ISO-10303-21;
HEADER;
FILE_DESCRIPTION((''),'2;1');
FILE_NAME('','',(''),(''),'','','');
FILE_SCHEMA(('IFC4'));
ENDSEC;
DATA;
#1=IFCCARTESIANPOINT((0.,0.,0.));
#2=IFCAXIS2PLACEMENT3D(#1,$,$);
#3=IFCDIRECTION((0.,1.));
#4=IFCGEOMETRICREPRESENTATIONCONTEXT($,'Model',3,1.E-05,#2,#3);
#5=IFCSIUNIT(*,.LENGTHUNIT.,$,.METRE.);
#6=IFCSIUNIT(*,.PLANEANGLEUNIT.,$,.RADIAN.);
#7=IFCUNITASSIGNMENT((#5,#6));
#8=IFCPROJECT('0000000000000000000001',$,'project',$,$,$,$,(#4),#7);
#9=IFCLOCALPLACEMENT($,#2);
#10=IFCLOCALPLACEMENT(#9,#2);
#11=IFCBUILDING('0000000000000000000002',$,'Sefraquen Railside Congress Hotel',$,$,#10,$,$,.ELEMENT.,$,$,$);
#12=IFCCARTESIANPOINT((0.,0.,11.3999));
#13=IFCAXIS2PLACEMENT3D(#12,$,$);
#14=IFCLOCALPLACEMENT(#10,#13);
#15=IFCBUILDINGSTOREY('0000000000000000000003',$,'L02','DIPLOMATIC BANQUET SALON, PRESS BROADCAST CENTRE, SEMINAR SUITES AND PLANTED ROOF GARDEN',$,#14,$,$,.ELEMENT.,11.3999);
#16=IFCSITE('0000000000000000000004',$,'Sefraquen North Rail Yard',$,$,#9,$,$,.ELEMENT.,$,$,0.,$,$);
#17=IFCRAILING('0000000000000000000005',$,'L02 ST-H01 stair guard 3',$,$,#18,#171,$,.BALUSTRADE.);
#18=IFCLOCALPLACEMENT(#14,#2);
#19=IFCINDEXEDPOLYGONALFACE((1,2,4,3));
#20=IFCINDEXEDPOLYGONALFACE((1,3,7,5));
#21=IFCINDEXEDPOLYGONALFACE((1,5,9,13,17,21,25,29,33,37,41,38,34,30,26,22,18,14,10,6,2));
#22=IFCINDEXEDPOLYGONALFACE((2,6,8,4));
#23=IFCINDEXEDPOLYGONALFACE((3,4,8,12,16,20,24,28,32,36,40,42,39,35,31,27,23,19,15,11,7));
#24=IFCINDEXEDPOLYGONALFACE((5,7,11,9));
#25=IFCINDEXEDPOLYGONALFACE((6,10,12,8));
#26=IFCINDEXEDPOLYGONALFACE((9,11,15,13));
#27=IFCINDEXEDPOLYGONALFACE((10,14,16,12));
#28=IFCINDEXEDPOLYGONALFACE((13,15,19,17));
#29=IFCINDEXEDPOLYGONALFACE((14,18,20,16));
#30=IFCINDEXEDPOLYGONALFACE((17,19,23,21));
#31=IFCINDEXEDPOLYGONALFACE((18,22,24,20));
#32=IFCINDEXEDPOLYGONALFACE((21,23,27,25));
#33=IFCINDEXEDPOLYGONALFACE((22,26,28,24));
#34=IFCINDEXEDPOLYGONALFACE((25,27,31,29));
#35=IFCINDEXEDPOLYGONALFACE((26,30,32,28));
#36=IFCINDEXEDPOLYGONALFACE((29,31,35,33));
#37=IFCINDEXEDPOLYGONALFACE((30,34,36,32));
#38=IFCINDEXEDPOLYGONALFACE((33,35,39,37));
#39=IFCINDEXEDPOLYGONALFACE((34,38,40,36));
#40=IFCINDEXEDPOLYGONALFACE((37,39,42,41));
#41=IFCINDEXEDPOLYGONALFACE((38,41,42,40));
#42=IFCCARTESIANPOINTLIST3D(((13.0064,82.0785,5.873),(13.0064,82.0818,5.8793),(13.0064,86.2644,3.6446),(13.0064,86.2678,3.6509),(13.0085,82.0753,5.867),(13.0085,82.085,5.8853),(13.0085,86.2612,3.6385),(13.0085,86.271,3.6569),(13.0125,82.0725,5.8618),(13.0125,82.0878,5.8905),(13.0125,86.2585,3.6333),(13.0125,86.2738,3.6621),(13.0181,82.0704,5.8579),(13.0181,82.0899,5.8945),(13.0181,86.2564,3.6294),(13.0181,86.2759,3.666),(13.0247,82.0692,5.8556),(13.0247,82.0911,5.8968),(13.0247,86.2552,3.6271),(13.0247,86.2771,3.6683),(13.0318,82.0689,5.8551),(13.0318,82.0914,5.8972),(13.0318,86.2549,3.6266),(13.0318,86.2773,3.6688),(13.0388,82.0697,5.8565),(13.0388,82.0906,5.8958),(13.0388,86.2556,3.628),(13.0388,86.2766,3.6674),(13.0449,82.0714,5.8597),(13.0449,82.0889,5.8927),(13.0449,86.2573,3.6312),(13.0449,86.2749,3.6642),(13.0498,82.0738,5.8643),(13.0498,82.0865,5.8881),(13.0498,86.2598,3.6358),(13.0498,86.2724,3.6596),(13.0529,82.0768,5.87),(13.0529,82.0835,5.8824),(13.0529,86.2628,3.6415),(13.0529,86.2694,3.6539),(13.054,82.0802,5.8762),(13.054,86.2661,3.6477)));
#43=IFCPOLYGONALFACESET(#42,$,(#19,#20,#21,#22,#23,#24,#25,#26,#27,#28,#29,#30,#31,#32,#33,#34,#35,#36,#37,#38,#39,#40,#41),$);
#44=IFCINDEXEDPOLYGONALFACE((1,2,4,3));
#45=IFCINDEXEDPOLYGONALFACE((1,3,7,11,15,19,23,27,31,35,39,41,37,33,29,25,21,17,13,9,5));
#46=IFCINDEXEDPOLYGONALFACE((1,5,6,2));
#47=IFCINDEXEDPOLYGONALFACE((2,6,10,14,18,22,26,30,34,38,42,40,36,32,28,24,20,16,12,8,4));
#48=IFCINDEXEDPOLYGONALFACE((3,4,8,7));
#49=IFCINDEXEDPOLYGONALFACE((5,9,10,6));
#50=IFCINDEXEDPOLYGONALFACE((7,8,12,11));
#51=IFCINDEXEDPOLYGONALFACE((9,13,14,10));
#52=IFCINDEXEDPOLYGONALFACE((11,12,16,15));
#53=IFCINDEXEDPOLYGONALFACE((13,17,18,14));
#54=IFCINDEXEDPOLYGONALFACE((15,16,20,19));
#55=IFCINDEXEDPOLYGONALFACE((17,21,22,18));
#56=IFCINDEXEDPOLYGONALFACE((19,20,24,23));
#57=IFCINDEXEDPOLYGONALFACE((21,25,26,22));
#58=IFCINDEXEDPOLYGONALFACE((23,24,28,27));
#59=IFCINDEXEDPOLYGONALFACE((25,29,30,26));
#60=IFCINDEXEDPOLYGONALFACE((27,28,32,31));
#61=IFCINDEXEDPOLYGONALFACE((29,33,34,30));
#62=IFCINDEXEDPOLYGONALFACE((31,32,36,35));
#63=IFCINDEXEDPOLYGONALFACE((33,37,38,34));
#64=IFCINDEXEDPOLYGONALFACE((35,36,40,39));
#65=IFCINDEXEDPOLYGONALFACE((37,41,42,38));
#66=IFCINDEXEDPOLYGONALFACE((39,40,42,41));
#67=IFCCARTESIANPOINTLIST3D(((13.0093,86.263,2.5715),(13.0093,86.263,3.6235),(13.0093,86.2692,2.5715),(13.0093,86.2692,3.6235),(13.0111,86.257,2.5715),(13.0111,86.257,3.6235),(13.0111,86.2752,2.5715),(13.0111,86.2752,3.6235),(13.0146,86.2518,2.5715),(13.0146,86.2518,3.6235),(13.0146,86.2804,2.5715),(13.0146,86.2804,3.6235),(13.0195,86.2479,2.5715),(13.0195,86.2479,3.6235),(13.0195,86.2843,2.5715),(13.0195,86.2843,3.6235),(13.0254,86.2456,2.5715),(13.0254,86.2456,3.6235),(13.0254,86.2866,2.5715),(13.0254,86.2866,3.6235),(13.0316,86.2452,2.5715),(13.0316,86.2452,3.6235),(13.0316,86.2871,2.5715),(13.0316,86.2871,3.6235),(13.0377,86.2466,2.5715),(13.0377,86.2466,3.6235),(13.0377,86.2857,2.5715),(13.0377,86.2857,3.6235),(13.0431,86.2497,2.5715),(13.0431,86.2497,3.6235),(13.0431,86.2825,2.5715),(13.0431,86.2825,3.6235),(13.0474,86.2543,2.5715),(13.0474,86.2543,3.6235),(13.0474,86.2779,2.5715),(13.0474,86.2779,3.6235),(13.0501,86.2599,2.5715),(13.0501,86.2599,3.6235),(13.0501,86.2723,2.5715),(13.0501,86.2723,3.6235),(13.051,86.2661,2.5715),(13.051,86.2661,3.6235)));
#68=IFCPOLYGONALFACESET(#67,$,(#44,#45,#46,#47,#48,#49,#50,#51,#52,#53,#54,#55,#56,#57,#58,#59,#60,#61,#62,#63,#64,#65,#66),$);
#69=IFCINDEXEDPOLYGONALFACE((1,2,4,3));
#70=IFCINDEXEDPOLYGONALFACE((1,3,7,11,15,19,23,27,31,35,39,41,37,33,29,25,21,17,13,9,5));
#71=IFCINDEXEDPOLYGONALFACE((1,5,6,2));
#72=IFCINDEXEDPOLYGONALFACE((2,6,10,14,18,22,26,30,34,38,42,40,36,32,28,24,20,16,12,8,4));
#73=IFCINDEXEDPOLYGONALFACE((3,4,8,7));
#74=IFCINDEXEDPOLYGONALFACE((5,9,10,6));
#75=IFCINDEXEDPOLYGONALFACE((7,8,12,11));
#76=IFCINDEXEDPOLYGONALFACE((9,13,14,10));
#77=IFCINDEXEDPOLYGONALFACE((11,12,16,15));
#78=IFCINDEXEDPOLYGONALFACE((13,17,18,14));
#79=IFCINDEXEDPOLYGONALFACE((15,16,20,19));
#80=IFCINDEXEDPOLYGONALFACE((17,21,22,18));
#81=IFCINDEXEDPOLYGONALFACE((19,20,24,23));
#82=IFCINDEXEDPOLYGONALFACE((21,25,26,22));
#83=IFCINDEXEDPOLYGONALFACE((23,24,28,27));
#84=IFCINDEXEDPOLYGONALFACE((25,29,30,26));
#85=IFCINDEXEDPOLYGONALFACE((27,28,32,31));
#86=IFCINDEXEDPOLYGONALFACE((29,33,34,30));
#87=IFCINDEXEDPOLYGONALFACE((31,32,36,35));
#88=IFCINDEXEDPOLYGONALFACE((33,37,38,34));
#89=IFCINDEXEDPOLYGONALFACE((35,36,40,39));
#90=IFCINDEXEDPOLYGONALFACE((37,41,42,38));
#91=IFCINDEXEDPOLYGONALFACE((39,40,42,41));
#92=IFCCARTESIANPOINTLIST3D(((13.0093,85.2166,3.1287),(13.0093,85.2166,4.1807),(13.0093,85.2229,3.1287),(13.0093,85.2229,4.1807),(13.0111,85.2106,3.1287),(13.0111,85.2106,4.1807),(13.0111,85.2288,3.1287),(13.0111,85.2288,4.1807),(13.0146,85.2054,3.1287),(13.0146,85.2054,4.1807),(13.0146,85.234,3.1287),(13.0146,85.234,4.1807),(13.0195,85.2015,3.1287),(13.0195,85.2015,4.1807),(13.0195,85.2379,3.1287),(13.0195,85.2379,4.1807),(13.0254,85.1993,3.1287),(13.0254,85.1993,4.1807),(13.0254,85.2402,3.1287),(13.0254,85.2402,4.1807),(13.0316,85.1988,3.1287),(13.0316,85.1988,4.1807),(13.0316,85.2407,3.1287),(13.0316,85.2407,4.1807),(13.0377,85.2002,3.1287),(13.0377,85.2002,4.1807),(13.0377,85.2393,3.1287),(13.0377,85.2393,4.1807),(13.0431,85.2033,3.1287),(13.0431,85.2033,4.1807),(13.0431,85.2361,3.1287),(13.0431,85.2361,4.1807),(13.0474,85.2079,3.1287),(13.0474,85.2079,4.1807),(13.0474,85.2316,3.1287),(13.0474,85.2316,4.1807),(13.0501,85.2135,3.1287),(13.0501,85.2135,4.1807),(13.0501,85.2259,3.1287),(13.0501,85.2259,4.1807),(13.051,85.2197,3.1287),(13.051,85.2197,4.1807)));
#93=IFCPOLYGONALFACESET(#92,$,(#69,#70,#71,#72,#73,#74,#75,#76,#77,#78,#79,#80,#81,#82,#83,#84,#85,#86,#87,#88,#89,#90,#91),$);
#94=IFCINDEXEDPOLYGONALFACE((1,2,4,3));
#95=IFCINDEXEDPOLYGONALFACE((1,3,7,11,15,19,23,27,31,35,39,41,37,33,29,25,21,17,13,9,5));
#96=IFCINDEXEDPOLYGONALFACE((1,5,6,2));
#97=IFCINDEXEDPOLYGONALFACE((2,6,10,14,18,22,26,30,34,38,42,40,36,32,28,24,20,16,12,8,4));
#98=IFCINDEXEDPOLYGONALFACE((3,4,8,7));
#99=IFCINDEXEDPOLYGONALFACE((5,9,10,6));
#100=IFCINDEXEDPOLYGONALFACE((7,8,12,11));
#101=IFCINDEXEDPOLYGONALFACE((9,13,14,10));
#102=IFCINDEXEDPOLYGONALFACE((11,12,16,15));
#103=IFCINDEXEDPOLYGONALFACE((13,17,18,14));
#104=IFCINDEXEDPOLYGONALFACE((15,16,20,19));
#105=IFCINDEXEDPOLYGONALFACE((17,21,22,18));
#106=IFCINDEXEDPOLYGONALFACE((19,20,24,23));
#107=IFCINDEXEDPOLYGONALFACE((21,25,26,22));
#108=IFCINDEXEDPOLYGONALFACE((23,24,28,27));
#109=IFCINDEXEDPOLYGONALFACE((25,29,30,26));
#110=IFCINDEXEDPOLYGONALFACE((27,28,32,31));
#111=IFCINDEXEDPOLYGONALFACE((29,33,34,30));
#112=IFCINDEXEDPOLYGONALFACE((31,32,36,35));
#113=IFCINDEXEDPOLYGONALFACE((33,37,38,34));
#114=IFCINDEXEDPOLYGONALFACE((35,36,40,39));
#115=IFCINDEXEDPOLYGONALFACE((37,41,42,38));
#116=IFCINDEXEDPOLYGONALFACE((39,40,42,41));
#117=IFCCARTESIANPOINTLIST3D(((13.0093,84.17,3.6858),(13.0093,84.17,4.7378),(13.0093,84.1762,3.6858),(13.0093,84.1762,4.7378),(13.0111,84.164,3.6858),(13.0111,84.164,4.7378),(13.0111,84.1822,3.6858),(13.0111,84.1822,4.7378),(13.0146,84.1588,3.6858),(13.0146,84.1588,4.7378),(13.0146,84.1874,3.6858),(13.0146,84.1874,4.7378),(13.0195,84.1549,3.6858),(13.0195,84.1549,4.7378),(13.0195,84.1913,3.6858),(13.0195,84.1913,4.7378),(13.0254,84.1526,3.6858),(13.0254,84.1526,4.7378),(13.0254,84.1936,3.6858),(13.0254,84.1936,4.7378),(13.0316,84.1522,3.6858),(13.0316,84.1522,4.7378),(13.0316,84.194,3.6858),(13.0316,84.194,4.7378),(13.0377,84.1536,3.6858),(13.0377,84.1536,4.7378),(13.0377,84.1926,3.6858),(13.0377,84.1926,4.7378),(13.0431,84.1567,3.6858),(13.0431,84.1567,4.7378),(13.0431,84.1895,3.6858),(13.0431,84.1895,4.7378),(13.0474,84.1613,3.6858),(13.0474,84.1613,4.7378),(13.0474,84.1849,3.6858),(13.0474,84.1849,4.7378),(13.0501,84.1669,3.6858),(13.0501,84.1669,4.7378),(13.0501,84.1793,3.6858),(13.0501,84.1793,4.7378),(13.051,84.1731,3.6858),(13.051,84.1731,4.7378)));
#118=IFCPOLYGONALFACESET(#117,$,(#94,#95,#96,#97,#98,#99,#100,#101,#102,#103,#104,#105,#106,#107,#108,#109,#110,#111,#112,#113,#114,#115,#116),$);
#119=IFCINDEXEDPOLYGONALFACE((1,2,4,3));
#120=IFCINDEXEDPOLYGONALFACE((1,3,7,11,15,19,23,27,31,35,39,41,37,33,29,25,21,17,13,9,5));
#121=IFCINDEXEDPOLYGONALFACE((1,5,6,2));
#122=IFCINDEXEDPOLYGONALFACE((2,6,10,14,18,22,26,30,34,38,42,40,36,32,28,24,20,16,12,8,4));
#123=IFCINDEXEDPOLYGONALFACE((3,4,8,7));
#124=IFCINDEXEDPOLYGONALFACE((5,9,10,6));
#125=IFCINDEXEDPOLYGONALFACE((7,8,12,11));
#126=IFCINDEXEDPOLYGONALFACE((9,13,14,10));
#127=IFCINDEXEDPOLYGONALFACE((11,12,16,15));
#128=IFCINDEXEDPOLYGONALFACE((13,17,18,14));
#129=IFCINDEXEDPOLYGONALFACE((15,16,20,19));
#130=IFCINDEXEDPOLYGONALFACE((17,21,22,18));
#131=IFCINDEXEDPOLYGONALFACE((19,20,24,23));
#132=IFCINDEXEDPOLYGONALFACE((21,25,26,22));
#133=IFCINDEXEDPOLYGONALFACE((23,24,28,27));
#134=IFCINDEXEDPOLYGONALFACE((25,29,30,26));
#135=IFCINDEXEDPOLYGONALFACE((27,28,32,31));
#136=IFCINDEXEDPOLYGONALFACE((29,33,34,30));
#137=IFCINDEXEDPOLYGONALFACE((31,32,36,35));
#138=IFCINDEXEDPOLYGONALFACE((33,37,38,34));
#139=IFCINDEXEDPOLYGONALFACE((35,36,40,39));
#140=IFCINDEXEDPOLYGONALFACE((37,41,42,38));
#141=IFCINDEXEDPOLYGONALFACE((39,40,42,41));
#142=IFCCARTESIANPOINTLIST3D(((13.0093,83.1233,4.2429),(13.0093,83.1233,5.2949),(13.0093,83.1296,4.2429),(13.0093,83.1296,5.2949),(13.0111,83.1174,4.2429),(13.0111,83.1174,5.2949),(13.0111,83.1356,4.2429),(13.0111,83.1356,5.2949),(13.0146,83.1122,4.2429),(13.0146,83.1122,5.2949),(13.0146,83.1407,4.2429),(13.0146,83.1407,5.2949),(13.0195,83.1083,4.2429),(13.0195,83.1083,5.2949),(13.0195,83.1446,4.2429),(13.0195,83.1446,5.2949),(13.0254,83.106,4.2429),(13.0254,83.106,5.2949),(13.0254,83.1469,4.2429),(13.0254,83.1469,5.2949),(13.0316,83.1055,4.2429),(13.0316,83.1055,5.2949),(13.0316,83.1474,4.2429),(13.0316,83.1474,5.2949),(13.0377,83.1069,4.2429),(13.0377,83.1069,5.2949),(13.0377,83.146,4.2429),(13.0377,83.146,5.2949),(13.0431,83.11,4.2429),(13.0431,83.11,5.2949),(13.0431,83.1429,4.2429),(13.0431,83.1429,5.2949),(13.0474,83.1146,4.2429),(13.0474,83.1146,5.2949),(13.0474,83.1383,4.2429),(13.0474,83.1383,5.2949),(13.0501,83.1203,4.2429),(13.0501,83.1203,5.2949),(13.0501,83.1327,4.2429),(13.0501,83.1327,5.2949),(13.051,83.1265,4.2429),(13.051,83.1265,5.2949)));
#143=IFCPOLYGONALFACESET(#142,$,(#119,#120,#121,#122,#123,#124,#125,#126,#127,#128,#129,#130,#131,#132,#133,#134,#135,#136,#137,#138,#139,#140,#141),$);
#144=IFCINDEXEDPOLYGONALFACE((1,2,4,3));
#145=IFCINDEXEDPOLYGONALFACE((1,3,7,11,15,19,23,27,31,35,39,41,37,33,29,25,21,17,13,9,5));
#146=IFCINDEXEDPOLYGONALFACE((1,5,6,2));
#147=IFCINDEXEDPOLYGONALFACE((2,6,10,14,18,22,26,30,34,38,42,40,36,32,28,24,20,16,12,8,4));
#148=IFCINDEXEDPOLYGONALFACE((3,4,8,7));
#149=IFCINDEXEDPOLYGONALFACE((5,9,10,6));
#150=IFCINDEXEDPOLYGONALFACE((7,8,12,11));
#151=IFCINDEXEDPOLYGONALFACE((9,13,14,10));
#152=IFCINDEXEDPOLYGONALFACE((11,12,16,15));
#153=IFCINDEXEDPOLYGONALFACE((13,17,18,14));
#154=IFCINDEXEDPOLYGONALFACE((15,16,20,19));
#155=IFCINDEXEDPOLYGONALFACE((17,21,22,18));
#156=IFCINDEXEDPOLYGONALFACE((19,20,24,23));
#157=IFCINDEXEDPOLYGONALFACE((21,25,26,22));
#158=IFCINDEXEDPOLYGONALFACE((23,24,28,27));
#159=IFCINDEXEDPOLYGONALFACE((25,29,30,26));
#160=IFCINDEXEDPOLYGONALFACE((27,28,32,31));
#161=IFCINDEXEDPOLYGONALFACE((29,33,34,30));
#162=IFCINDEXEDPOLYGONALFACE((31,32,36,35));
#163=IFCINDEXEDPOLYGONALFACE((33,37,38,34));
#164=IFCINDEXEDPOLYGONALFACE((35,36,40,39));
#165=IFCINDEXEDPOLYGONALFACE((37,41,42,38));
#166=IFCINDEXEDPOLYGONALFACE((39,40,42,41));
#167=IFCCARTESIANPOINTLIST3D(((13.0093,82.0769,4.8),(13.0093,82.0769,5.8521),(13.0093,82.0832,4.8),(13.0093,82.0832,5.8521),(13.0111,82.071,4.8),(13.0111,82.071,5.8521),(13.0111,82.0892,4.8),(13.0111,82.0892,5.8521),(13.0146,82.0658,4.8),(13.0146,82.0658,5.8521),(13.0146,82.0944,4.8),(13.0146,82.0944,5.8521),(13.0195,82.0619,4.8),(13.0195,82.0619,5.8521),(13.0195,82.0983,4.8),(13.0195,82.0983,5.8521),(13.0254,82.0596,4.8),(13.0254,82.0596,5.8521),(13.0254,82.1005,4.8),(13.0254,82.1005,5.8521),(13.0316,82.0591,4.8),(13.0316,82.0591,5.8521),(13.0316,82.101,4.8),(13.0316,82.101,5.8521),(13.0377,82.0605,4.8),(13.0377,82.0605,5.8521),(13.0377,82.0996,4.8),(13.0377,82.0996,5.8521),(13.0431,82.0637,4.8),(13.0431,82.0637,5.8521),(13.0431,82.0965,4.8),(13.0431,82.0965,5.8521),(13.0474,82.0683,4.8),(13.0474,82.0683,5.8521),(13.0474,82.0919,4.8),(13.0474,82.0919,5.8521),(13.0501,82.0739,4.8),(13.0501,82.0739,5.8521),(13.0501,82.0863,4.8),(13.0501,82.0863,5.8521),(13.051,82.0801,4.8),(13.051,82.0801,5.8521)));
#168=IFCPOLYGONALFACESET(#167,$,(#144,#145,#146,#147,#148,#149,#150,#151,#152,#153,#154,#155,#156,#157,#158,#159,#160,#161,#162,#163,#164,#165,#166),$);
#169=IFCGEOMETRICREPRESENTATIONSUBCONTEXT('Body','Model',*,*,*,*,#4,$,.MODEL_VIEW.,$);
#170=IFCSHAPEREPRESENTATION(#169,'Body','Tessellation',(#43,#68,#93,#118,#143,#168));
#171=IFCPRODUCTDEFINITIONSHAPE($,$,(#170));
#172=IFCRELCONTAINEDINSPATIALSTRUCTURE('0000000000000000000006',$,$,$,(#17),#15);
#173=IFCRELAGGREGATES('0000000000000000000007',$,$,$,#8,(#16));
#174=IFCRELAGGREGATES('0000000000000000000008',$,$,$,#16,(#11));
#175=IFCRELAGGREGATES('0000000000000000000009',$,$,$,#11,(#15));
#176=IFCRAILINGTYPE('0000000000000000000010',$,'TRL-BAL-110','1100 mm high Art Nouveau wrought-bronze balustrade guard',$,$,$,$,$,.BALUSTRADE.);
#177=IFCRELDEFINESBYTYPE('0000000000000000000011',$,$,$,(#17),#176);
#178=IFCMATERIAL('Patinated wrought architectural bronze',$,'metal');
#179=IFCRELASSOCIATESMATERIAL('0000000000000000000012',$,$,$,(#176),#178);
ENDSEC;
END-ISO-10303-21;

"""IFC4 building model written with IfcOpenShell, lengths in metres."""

from ifc_helpers import new_model, si_unit, direction, frame, origin, origin_2d, place, context, subcontext, project, spatial, circle, extrude, material, type_object, element, save


model = new_model("IFC4")

# Units and contexts
model_context = context("Model", 3, precision=1e-05, world=origin(), true_north=direction((0.0, 1.0)))
body_context = subcontext(model_context, "Body", "Model", "MODEL_VIEW")
ifc_project = project(units=[si_unit("LENGTHUNIT", "METRE"), si_unit("PLANEANGLEUNIT", "RADIAN")], contexts=[model_context])

# Site, building, storey
site_placement = place(None, origin())
site = spatial("IfcSite", under=ifc_project, at=site_placement, Name="Sefraquen North Rail Yard", CompositionType="ELEMENT", RefElevation=0.0)
building_placement = place(site_placement, origin())
building = spatial("IfcBuilding", under=site, at=building_placement, Name="Sefraquen Railside Congress Hotel", CompositionType="ELEMENT")
storey_placement = place(building_placement, frame((0.0, 0.0, 11.3999)))
storey = spatial("IfcBuildingStorey", under=building, at=storey_placement, Name="L02", Description="DIPLOMATIC BANQUET SALON, PRESS BROADCAST CENTRE, SEMINAR SUITES AND PLANTED ROOF GARDEN", CompositionType="ELEMENT", Elevation=11.3999)

# Railing
ifc_material_1 = material(Name="Patinated wrought architectural bronze", Category="metal")
railing_type_1 = type_object("IfcRailingType", Name="TRL-BAL-110", Description="1100 mm high Art Nouveau wrought-bronze balustrade guard", PredefinedType="BALUSTRADE", material=ifc_material_1)
railing_1_placement = place(storey_placement, frame((13.03, 86.2661, 2.5715)))
element("IfcRailing", 1, at=railing_1_placement, inside=storey, type_object=railing_type_1, Name="L02 ST-H01 stair guard 3", PredefinedType="BALUSTRADE", context=body_context, shape_type="SweptSolid", body=[
    extrude(circle(Radius=0.0239, at=origin_2d()), frame((0.0, 0.0, 1.0762), z_axis=(0.0, -0.882706, 0.469925), x_axis=(1.0, 0.0, 0.0)), (0.0, 0.0, 1.0), 4.7422),
    extrude(circle(Radius=0.021, at=origin_2d()), origin(), (0.0, 0.0, 1.0), 1.052),
    extrude(circle(Radius=0.021, at=origin_2d()), frame((0.0, -1.0464, 0.5571)), (0.0, 0.0, 1.0), 1.052),
    extrude(circle(Radius=0.021, at=origin_2d()), frame((0.0, -2.093, 1.1143)), (0.0, 0.0, 1.0), 1.052),
    extrude(circle(Radius=0.021, at=origin_2d()), frame((0.0, -3.1396, 1.6714)), (0.0, 0.0, 1.0), 1.052),
    extrude(circle(Radius=0.021, at=origin_2d()), frame((0.0, -4.186, 2.2285)), (0.0, 0.0, 1.0), 1.052),
])

save(model, "model.ifc")
